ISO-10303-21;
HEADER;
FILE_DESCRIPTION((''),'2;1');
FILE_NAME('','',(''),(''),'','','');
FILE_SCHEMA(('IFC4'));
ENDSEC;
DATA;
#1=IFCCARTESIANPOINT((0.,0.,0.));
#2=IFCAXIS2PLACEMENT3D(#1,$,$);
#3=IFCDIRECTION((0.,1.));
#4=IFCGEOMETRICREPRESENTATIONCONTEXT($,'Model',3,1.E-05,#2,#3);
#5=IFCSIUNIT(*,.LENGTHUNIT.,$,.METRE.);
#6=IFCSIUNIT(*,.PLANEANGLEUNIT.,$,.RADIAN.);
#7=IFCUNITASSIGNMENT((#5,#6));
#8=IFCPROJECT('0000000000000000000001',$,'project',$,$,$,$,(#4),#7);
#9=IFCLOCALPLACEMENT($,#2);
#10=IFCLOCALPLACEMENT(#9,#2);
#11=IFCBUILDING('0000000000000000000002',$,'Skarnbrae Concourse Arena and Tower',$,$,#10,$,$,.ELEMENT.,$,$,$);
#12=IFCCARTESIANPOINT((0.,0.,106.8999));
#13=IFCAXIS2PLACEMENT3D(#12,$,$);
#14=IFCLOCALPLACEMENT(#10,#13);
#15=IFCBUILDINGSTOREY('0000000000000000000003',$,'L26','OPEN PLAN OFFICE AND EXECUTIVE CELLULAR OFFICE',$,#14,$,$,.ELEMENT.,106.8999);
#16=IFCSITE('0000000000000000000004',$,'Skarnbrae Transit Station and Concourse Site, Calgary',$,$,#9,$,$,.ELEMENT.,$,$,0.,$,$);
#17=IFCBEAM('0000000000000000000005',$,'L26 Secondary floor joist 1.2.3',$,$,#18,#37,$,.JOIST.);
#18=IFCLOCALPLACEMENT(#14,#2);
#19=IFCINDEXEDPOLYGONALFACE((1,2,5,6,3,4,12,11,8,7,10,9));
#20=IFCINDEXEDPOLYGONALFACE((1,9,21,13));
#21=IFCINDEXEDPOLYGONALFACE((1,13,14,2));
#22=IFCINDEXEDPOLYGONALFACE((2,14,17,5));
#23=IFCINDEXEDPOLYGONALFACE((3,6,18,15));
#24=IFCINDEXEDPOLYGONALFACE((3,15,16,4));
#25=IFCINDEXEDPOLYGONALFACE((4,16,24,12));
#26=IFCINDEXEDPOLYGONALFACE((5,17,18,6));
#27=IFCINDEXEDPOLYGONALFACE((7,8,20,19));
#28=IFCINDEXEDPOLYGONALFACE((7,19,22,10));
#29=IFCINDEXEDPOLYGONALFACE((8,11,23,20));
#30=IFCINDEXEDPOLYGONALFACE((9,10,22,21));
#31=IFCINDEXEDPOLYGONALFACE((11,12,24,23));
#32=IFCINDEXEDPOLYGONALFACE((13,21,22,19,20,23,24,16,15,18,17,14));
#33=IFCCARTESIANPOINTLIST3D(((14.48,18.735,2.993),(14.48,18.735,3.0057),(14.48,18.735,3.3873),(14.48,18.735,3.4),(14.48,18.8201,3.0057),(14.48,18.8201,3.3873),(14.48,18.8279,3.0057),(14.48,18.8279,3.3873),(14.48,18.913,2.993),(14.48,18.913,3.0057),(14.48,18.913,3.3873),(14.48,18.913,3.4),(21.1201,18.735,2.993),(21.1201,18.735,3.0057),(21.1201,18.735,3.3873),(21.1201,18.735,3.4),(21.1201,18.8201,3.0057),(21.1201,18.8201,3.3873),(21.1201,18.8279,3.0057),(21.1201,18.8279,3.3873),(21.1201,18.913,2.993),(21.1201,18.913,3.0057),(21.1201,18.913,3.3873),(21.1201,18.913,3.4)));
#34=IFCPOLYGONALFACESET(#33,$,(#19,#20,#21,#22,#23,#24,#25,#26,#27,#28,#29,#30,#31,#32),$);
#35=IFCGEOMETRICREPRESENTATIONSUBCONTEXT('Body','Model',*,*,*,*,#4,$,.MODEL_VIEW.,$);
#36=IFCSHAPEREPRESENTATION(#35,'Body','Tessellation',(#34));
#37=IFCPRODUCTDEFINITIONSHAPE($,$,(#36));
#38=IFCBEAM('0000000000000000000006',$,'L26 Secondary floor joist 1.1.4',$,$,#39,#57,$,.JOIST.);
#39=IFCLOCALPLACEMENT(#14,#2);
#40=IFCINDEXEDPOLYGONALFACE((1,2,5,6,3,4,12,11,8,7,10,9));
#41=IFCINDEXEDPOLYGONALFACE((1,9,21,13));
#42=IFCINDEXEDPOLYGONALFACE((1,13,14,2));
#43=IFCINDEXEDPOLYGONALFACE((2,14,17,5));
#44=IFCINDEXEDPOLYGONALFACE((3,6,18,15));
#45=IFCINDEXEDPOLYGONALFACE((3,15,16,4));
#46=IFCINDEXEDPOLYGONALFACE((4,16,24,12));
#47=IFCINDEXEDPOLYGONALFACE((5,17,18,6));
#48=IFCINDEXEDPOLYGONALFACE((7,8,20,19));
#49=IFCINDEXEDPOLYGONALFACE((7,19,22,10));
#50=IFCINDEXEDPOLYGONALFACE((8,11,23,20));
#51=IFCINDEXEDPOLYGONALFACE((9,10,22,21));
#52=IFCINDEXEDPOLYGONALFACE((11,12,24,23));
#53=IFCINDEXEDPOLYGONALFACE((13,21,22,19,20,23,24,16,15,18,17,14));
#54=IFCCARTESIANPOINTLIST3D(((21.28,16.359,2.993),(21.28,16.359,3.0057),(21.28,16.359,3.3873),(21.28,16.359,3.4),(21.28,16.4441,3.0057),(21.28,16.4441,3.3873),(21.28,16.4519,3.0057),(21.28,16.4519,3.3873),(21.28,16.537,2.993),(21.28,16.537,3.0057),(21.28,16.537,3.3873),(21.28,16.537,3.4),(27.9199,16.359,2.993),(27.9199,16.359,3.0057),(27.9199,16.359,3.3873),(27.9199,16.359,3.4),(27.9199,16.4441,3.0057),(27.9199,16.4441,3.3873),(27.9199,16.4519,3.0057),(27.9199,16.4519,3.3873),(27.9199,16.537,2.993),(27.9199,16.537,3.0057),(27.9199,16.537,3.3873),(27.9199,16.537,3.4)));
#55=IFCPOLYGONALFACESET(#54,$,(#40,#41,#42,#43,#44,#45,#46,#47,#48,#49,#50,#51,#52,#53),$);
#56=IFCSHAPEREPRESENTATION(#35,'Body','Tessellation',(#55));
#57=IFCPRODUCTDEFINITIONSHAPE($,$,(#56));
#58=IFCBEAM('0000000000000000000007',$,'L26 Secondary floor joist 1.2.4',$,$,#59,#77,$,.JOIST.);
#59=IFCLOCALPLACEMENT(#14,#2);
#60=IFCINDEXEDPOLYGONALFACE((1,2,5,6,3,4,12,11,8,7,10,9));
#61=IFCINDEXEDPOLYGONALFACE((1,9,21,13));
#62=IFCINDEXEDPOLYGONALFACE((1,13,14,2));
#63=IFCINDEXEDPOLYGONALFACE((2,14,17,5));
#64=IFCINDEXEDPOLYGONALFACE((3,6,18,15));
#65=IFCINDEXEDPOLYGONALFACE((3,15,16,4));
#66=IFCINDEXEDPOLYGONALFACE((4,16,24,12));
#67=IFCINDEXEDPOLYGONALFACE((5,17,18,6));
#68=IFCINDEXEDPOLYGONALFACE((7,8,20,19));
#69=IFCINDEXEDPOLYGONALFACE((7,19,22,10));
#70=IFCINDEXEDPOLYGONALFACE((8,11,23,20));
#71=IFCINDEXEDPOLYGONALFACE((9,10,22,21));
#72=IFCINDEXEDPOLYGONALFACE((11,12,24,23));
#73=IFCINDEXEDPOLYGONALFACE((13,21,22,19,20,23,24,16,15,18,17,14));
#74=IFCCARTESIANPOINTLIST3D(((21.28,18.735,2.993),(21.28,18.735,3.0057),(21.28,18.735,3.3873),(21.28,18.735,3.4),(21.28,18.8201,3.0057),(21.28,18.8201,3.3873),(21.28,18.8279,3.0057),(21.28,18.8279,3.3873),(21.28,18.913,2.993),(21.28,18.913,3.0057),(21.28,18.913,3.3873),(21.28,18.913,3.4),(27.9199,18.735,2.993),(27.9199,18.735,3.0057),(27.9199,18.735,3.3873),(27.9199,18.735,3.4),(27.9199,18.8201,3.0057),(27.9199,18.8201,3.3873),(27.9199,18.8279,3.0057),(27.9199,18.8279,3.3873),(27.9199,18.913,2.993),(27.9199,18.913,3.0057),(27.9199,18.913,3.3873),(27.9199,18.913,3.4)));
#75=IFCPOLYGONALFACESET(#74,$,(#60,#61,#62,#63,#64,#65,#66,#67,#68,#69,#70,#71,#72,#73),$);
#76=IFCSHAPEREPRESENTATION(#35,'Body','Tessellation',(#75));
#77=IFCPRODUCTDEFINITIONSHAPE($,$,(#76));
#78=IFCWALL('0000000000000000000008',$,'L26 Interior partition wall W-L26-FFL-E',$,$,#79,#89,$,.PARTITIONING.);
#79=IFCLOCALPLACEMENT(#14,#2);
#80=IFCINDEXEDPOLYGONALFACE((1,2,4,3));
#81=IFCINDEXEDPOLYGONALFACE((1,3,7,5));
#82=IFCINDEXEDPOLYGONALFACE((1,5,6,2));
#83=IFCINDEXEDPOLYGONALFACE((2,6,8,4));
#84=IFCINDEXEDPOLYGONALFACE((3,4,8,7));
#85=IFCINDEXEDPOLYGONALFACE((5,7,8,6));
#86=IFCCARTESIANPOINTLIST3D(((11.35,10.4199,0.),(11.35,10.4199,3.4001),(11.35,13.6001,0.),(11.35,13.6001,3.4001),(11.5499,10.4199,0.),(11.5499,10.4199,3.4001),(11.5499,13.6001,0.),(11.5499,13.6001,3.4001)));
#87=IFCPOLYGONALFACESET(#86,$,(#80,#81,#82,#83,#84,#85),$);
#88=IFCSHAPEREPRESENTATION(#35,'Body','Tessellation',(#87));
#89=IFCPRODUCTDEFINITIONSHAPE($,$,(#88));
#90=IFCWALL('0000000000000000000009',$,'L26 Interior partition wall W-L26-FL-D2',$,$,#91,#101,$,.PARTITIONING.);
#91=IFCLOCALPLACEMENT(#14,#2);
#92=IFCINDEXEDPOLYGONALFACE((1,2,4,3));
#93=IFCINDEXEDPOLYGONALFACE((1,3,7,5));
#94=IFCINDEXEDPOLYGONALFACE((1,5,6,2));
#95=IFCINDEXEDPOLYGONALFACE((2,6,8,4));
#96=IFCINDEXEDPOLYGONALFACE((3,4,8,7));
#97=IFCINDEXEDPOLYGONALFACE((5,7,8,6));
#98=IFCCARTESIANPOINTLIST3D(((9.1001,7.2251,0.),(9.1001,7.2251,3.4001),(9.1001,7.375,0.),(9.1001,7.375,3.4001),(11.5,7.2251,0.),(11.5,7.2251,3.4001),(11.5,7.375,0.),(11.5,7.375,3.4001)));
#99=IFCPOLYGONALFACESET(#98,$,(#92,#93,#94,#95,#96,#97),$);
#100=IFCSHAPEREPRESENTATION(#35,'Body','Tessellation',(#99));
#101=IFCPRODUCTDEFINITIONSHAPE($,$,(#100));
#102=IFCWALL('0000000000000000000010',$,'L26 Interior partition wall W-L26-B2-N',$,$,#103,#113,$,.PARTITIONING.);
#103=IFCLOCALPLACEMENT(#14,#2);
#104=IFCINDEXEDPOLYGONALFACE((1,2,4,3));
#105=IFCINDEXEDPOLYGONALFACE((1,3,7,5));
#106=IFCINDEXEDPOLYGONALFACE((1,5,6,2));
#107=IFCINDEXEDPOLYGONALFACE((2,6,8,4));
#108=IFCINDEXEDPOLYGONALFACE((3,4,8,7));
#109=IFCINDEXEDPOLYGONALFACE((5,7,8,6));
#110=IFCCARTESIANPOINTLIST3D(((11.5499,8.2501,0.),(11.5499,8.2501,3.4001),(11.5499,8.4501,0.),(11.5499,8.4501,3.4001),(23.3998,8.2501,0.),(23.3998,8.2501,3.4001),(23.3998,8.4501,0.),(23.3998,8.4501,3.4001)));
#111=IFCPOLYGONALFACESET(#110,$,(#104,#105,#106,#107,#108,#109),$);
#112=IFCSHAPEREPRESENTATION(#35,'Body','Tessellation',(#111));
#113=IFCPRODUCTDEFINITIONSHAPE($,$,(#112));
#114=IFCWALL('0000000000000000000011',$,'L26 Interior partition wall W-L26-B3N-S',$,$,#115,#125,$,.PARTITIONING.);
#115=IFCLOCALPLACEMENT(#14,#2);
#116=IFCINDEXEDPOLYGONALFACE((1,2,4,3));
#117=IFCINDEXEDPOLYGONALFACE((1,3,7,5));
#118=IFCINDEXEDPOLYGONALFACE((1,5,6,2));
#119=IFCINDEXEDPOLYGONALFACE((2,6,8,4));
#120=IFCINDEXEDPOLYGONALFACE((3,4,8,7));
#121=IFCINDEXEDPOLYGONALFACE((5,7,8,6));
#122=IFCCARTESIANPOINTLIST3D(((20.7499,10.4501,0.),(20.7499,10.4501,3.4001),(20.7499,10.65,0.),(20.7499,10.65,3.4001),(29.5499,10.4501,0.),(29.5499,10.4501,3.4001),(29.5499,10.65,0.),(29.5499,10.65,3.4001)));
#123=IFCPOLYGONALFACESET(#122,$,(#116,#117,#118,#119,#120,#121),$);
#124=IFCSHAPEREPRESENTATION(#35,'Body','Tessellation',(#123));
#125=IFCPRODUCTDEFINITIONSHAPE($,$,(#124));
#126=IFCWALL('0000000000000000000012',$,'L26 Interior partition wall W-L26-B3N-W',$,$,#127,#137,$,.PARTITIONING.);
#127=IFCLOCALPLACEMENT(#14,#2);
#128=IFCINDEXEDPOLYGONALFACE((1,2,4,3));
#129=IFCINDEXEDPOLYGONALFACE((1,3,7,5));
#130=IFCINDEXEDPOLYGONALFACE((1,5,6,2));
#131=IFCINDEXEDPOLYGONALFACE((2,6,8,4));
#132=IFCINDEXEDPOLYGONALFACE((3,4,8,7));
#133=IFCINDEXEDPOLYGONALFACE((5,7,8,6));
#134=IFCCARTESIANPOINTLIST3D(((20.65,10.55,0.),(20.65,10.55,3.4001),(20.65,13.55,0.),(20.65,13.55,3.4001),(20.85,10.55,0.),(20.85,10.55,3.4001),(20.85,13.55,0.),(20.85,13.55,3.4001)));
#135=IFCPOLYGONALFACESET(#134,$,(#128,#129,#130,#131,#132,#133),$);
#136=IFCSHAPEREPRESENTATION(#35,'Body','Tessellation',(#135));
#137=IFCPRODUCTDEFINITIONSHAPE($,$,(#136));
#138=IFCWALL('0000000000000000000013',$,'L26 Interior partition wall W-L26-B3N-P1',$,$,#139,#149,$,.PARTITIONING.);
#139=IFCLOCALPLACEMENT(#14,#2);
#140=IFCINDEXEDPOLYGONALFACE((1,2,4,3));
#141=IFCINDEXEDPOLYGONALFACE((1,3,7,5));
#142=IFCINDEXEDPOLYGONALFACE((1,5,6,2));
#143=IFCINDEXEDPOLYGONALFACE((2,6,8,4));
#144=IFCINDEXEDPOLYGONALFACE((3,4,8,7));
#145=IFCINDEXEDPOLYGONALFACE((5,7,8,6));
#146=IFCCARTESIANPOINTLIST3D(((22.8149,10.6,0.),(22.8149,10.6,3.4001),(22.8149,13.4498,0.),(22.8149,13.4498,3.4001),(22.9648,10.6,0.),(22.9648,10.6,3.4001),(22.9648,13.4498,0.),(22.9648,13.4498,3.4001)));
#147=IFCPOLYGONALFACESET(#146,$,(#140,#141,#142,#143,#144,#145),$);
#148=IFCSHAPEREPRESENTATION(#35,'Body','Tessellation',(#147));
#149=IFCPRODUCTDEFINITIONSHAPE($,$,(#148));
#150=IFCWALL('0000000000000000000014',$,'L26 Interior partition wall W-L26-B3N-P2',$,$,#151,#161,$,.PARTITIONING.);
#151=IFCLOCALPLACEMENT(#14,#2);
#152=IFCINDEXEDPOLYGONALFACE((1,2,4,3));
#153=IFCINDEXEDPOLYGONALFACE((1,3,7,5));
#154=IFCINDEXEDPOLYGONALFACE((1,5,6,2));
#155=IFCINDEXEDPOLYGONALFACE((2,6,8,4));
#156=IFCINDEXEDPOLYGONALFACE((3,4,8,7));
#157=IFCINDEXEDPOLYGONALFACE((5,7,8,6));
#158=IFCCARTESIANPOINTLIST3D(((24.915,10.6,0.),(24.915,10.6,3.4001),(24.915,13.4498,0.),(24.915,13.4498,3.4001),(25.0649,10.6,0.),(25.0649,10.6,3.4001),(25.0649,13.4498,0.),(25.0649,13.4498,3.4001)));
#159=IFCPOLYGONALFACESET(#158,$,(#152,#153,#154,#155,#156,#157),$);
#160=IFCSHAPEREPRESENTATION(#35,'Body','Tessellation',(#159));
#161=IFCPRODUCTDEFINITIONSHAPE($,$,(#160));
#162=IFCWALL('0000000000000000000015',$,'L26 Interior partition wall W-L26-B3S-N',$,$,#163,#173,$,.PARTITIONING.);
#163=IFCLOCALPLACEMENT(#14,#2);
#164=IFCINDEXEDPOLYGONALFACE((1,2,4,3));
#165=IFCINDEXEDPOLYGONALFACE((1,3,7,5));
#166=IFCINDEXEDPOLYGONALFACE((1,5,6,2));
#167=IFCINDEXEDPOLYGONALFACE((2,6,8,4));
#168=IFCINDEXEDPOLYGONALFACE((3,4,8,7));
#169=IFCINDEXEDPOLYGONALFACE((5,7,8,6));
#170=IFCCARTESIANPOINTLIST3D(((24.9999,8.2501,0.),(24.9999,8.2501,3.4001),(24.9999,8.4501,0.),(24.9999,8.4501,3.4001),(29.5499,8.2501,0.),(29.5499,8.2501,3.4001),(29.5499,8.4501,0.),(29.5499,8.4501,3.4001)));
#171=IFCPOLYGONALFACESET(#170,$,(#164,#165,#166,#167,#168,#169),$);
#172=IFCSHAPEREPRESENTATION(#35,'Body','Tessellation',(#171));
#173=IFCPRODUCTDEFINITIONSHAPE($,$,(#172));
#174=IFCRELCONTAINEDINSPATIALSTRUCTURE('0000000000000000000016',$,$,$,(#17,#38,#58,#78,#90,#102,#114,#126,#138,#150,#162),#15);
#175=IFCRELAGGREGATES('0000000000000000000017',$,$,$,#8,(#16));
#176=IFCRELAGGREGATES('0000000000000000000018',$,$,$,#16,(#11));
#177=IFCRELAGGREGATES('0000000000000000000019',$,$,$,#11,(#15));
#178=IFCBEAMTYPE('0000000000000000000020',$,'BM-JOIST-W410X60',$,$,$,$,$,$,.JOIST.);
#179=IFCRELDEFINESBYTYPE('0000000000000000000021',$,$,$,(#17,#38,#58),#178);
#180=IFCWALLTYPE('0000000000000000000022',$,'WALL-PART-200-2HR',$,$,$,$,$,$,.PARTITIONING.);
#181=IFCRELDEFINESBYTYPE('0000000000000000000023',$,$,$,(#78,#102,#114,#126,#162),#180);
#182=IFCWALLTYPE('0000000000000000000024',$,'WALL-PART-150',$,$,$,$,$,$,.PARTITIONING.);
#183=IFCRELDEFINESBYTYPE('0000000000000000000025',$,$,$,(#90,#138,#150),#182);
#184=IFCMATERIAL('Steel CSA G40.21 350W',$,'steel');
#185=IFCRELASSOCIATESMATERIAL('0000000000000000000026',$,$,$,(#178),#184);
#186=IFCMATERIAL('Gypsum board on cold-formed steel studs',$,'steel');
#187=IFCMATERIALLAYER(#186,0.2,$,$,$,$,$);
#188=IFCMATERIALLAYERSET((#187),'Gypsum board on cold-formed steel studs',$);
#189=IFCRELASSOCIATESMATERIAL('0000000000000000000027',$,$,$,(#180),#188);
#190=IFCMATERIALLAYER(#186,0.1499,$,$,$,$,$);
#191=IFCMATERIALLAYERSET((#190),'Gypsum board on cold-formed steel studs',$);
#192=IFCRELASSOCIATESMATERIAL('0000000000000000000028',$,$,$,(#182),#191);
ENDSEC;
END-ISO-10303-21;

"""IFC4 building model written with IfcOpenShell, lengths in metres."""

from ifc_helpers import new_model, si_unit, direction, frame, frame_2d, origin, origin_2d, place, context, subcontext, project, spatial, rectangle, i_section, extrude, source, transform, mapped, material, layer, layer_set, material_profile, profile_set, type_object, element, save


model = new_model("IFC4")

# Units and contexts
model_context = context("Model", 3, precision=1e-05, world=origin(), true_north=direction((0.0, 1.0)))
body_context = subcontext(model_context, "Body", "Model", "MODEL_VIEW")
ifc_project = project(units=[si_unit("LENGTHUNIT", "METRE"), si_unit("PLANEANGLEUNIT", "RADIAN")], contexts=[model_context])

# Site, building, storey
site_placement = place(None, origin())
site = spatial("IfcSite", under=ifc_project, at=site_placement, Name="Skarnbrae Transit Station and Concourse Site, Calgary", CompositionType="ELEMENT", RefElevation=0.0)
building_placement = place(site_placement, origin())
building = spatial("IfcBuilding", under=site, at=building_placement, Name="Skarnbrae Concourse Arena and Tower", CompositionType="ELEMENT")
storey_placement = place(building_placement, frame((0.0, 0.0, 106.8999)))
storey = spatial("IfcBuildingStorey", under=building, at=storey_placement, Name="L26", Description="OPEN PLAN OFFICE AND EXECUTIVE CELLULAR OFFICE", CompositionType="ELEMENT", Elevation=106.8999)

# Shared definitions
ifc_material_1 = material(Name="Steel CSA G40.21 350W", Category="steel")

# Beams
ifc_material_profile_1 = material_profile(ifc_material_1, i_section(OverallWidth=0.178, OverallDepth=0.407, WebThickness=0.0078, FlangeThickness=0.0127, at=origin_2d()), Name="W410X60")
ifc_profile_set_1 = profile_set([ifc_material_profile_1], Name="Steel CSA G40.21 350W")
beam_type_1 = type_object("IfcBeamType", Name="BM-JOIST-W410X60", PredefinedType="JOIST", material=ifc_profile_set_1)
shared_shape_1 = source(origin(), body_context, "Body", "SweptSolid", [
    extrude(i_section(OverallWidth=0.178, OverallDepth=0.407, WebThickness=0.0078, FlangeThickness=0.0127, at=origin_2d()), origin(), (0.0, 0.0, 1.0), 6.6401),
])
for number, where, z_axis, x_axis, name in (
    (1, (14.48, 18.824, 3.1965), (1.0, 0.0, 0.0), (0.0, 1.0, 0.0), "L26 Secondary floor joist 1.2.3"),
):
    element("IfcBeam", number, at=place(storey_placement, frame(where, z_axis=z_axis, x_axis=x_axis)), inside=storey, type_object=beam_type_1, Name=name, PredefinedType="JOIST", context=body_context, shape_type="MappedRepresentation", body=[
        mapped(shared_shape_1, transform((0.0, 0.0, 0.0))),
    ])
shared_shape_2 = source(origin(), body_context, "Body", "SweptSolid", [
    extrude(i_section(OverallWidth=0.178, OverallDepth=0.407, WebThickness=0.0078, FlangeThickness=0.0127, at=origin_2d()), origin(), (0.0, 0.0, 1.0), 6.6399),
])
for number, where, z_axis, x_axis, name in (
    (2, (21.28, 16.448, 3.1965), (1.0, 0.0, 0.0), (0.0, 1.0, 0.0), "L26 Secondary floor joist 1.1.4"),
    (3, (21.28, 18.824, 3.1965), (1.0, 0.0, 0.0), (0.0, 1.0, 0.0), "L26 Secondary floor joist 1.2.4"),
):
    element("IfcBeam", number, at=place(storey_placement, frame(where, z_axis=z_axis, x_axis=x_axis)), inside=storey, type_object=beam_type_1, Name=name, PredefinedType="JOIST", context=body_context, shape_type="MappedRepresentation", body=[
        mapped(shared_shape_2, transform((0.0, 0.0, 0.0))),
    ])

# Wall
ifc_material_2 = material(Name="Gypsum board on cold-formed steel studs", Category="steel")
ifc_layer_1 = layer(ifc_material_2, 0.2)
ifc_layer_set_1 = layer_set([ifc_layer_1], Name="Gypsum board on cold-formed steel studs")
wall_type_1 = type_object("IfcWallType", Name="WALL-PART-200-2HR", PredefinedType="PARTITIONING", material=ifc_layer_set_1)
shared_shape_3 = source(origin(), body_context, "Body", "SweptSolid", [
    extrude(rectangle(XDim=3.1802, YDim=0.2, at=frame_2d((1.5901, 0.0))), origin(), (0.0, 0.0, 1.0), 3.4001),
])
wall_1_placement = place(storey_placement, frame((11.45, 10.4199, 0.0), z_axis=(0.0, 0.0, 1.0), x_axis=(0.0, 1.0, 0.0)))
element("IfcWall", 4, at=wall_1_placement, inside=storey, type_object=wall_type_1, Name="L26 Interior partition wall W-L26-FFL-E", PredefinedType="PARTITIONING", context=body_context, shape_type="MappedRepresentation", body=[
    mapped(shared_shape_3, transform((0.0, 0.0, 0.0))),
])

# Walls
ifc_layer_2 = layer(ifc_material_2, 0.1499)
ifc_layer_set_2 = layer_set([ifc_layer_2], Name="Gypsum board on cold-formed steel studs")
wall_type_2 = type_object("IfcWallType", Name="WALL-PART-150", PredefinedType="PARTITIONING", material=ifc_layer_set_2)
shared_shape_4 = source(origin(), body_context, "Body", "SweptSolid", [
    extrude(rectangle(XDim=2.3999, YDim=0.1499, at=frame_2d((1.2, 0.0))), origin(), (0.0, 0.0, 1.0), 3.4001),
])
wall_2_placement = place(storey_placement, frame((9.1001, 7.3, 0.0), z_axis=(0.0, 0.0, 1.0), x_axis=(1.0, 0.0, 0.0)))
element("IfcWall", 5, at=wall_2_placement, inside=storey, type_object=wall_type_2, Name="L26 Interior partition wall W-L26-FL-D2", PredefinedType="PARTITIONING", context=body_context, shape_type="MappedRepresentation", body=[
    mapped(shared_shape_4, transform((0.0, 0.0, 0.0))),
])
shared_shape_5 = source(origin(), body_context, "Body", "SweptSolid", [
    extrude(rectangle(XDim=11.8499, YDim=0.2, at=frame_2d((5.9248, 0.0))), origin(), (0.0, 0.0, 1.0), 3.4001),
])
wall_3_placement = place(storey_placement, frame((11.55, 8.3501, 0.0), z_axis=(0.0, 0.0, 1.0), x_axis=(1.0, 0.0, 0.0)))
element("IfcWall", 6, at=wall_3_placement, inside=storey, type_object=wall_type_1, Name="L26 Interior partition wall W-L26-B2-N", PredefinedType="PARTITIONING", context=body_context, shape_type="MappedRepresentation", body=[
    mapped(shared_shape_5, transform((0.0, 0.0, 0.0))),
])
shared_shape_6 = source(origin(), body_context, "Body", "SweptSolid", [
    extrude(rectangle(XDim=8.8, YDim=0.2, at=frame_2d((4.3999, 0.0))), origin(), (0.0, 0.0, 1.0), 3.4001),
])
wall_4_placement = place(storey_placement, frame((20.75, 10.55, 0.0), z_axis=(0.0, 0.0, 1.0), x_axis=(1.0, 0.0, 0.0)))
element("IfcWall", 7, at=wall_4_placement, inside=storey, type_object=wall_type_1, Name="L26 Interior partition wall W-L26-B3N-S", PredefinedType="PARTITIONING", context=body_context, shape_type="MappedRepresentation", body=[
    mapped(shared_shape_6, transform((0.0, 0.0, 0.0))),
])
shared_shape_7 = source(origin(), body_context, "Body", "SweptSolid", [
    extrude(rectangle(XDim=3.0, YDim=0.2, at=frame_2d((1.5, 0.0))), origin(), (0.0, 0.0, 1.0), 3.4001),
])
wall_5_placement = place(storey_placement, frame((20.75, 10.55, 0.0), z_axis=(0.0, 0.0, 1.0), x_axis=(0.0, 1.0, 0.0)))
element("IfcWall", 8, at=wall_5_placement, inside=storey, type_object=wall_type_1, Name="L26 Interior partition wall W-L26-B3N-W", PredefinedType="PARTITIONING", context=body_context, shape_type="MappedRepresentation", body=[
    mapped(shared_shape_7, transform((0.0, 0.0, 0.0))),
])
shared_shape_8 = source(origin(), body_context, "Body", "SweptSolid", [
    extrude(rectangle(XDim=2.8499, YDim=0.1499, at=frame_2d((1.4248, 0.0))), origin(), (0.0, 0.0, 1.0), 3.4001),
])
for number, where, z_axis, x_axis, name in (
    (9, (22.8899, 10.6001, 0.0), (0.0, 0.0, 1.0), (0.0, 1.0, 0.0), "L26 Interior partition wall W-L26-B3N-P1"),
    (10, (24.99, 10.6001, 0.0), (0.0, 0.0, 1.0), (0.0, 1.0, 0.0), "L26 Interior partition wall W-L26-B3N-P2"),
):
    element("IfcWall", number, at=place(storey_placement, frame(where, z_axis=z_axis, x_axis=x_axis)), inside=storey, type_object=wall_type_2, Name=name, PredefinedType="PARTITIONING", context=body_context, shape_type="MappedRepresentation", body=[
        mapped(shared_shape_8, transform((0.0, 0.0, 0.0))),
    ])
shared_shape_9 = source(origin(), body_context, "Body", "SweptSolid", [
    extrude(rectangle(XDim=4.55, YDim=0.2, at=frame_2d((2.2749, 0.0))), origin(), (0.0, 0.0, 1.0), 3.4001),
])
wall_6_placement = place(storey_placement, frame((25.0, 8.3501, 0.0), z_axis=(0.0, 0.0, 1.0), x_axis=(1.0, 0.0, 0.0)))
element("IfcWall", 11, at=wall_6_placement, inside=storey, type_object=wall_type_1, Name="L26 Interior partition wall W-L26-B3S-N", PredefinedType="PARTITIONING", context=body_context, shape_type="MappedRepresentation", body=[
    mapped(shared_shape_9, transform((0.0, 0.0, 0.0))),
])

save(model, "model.ifc")
